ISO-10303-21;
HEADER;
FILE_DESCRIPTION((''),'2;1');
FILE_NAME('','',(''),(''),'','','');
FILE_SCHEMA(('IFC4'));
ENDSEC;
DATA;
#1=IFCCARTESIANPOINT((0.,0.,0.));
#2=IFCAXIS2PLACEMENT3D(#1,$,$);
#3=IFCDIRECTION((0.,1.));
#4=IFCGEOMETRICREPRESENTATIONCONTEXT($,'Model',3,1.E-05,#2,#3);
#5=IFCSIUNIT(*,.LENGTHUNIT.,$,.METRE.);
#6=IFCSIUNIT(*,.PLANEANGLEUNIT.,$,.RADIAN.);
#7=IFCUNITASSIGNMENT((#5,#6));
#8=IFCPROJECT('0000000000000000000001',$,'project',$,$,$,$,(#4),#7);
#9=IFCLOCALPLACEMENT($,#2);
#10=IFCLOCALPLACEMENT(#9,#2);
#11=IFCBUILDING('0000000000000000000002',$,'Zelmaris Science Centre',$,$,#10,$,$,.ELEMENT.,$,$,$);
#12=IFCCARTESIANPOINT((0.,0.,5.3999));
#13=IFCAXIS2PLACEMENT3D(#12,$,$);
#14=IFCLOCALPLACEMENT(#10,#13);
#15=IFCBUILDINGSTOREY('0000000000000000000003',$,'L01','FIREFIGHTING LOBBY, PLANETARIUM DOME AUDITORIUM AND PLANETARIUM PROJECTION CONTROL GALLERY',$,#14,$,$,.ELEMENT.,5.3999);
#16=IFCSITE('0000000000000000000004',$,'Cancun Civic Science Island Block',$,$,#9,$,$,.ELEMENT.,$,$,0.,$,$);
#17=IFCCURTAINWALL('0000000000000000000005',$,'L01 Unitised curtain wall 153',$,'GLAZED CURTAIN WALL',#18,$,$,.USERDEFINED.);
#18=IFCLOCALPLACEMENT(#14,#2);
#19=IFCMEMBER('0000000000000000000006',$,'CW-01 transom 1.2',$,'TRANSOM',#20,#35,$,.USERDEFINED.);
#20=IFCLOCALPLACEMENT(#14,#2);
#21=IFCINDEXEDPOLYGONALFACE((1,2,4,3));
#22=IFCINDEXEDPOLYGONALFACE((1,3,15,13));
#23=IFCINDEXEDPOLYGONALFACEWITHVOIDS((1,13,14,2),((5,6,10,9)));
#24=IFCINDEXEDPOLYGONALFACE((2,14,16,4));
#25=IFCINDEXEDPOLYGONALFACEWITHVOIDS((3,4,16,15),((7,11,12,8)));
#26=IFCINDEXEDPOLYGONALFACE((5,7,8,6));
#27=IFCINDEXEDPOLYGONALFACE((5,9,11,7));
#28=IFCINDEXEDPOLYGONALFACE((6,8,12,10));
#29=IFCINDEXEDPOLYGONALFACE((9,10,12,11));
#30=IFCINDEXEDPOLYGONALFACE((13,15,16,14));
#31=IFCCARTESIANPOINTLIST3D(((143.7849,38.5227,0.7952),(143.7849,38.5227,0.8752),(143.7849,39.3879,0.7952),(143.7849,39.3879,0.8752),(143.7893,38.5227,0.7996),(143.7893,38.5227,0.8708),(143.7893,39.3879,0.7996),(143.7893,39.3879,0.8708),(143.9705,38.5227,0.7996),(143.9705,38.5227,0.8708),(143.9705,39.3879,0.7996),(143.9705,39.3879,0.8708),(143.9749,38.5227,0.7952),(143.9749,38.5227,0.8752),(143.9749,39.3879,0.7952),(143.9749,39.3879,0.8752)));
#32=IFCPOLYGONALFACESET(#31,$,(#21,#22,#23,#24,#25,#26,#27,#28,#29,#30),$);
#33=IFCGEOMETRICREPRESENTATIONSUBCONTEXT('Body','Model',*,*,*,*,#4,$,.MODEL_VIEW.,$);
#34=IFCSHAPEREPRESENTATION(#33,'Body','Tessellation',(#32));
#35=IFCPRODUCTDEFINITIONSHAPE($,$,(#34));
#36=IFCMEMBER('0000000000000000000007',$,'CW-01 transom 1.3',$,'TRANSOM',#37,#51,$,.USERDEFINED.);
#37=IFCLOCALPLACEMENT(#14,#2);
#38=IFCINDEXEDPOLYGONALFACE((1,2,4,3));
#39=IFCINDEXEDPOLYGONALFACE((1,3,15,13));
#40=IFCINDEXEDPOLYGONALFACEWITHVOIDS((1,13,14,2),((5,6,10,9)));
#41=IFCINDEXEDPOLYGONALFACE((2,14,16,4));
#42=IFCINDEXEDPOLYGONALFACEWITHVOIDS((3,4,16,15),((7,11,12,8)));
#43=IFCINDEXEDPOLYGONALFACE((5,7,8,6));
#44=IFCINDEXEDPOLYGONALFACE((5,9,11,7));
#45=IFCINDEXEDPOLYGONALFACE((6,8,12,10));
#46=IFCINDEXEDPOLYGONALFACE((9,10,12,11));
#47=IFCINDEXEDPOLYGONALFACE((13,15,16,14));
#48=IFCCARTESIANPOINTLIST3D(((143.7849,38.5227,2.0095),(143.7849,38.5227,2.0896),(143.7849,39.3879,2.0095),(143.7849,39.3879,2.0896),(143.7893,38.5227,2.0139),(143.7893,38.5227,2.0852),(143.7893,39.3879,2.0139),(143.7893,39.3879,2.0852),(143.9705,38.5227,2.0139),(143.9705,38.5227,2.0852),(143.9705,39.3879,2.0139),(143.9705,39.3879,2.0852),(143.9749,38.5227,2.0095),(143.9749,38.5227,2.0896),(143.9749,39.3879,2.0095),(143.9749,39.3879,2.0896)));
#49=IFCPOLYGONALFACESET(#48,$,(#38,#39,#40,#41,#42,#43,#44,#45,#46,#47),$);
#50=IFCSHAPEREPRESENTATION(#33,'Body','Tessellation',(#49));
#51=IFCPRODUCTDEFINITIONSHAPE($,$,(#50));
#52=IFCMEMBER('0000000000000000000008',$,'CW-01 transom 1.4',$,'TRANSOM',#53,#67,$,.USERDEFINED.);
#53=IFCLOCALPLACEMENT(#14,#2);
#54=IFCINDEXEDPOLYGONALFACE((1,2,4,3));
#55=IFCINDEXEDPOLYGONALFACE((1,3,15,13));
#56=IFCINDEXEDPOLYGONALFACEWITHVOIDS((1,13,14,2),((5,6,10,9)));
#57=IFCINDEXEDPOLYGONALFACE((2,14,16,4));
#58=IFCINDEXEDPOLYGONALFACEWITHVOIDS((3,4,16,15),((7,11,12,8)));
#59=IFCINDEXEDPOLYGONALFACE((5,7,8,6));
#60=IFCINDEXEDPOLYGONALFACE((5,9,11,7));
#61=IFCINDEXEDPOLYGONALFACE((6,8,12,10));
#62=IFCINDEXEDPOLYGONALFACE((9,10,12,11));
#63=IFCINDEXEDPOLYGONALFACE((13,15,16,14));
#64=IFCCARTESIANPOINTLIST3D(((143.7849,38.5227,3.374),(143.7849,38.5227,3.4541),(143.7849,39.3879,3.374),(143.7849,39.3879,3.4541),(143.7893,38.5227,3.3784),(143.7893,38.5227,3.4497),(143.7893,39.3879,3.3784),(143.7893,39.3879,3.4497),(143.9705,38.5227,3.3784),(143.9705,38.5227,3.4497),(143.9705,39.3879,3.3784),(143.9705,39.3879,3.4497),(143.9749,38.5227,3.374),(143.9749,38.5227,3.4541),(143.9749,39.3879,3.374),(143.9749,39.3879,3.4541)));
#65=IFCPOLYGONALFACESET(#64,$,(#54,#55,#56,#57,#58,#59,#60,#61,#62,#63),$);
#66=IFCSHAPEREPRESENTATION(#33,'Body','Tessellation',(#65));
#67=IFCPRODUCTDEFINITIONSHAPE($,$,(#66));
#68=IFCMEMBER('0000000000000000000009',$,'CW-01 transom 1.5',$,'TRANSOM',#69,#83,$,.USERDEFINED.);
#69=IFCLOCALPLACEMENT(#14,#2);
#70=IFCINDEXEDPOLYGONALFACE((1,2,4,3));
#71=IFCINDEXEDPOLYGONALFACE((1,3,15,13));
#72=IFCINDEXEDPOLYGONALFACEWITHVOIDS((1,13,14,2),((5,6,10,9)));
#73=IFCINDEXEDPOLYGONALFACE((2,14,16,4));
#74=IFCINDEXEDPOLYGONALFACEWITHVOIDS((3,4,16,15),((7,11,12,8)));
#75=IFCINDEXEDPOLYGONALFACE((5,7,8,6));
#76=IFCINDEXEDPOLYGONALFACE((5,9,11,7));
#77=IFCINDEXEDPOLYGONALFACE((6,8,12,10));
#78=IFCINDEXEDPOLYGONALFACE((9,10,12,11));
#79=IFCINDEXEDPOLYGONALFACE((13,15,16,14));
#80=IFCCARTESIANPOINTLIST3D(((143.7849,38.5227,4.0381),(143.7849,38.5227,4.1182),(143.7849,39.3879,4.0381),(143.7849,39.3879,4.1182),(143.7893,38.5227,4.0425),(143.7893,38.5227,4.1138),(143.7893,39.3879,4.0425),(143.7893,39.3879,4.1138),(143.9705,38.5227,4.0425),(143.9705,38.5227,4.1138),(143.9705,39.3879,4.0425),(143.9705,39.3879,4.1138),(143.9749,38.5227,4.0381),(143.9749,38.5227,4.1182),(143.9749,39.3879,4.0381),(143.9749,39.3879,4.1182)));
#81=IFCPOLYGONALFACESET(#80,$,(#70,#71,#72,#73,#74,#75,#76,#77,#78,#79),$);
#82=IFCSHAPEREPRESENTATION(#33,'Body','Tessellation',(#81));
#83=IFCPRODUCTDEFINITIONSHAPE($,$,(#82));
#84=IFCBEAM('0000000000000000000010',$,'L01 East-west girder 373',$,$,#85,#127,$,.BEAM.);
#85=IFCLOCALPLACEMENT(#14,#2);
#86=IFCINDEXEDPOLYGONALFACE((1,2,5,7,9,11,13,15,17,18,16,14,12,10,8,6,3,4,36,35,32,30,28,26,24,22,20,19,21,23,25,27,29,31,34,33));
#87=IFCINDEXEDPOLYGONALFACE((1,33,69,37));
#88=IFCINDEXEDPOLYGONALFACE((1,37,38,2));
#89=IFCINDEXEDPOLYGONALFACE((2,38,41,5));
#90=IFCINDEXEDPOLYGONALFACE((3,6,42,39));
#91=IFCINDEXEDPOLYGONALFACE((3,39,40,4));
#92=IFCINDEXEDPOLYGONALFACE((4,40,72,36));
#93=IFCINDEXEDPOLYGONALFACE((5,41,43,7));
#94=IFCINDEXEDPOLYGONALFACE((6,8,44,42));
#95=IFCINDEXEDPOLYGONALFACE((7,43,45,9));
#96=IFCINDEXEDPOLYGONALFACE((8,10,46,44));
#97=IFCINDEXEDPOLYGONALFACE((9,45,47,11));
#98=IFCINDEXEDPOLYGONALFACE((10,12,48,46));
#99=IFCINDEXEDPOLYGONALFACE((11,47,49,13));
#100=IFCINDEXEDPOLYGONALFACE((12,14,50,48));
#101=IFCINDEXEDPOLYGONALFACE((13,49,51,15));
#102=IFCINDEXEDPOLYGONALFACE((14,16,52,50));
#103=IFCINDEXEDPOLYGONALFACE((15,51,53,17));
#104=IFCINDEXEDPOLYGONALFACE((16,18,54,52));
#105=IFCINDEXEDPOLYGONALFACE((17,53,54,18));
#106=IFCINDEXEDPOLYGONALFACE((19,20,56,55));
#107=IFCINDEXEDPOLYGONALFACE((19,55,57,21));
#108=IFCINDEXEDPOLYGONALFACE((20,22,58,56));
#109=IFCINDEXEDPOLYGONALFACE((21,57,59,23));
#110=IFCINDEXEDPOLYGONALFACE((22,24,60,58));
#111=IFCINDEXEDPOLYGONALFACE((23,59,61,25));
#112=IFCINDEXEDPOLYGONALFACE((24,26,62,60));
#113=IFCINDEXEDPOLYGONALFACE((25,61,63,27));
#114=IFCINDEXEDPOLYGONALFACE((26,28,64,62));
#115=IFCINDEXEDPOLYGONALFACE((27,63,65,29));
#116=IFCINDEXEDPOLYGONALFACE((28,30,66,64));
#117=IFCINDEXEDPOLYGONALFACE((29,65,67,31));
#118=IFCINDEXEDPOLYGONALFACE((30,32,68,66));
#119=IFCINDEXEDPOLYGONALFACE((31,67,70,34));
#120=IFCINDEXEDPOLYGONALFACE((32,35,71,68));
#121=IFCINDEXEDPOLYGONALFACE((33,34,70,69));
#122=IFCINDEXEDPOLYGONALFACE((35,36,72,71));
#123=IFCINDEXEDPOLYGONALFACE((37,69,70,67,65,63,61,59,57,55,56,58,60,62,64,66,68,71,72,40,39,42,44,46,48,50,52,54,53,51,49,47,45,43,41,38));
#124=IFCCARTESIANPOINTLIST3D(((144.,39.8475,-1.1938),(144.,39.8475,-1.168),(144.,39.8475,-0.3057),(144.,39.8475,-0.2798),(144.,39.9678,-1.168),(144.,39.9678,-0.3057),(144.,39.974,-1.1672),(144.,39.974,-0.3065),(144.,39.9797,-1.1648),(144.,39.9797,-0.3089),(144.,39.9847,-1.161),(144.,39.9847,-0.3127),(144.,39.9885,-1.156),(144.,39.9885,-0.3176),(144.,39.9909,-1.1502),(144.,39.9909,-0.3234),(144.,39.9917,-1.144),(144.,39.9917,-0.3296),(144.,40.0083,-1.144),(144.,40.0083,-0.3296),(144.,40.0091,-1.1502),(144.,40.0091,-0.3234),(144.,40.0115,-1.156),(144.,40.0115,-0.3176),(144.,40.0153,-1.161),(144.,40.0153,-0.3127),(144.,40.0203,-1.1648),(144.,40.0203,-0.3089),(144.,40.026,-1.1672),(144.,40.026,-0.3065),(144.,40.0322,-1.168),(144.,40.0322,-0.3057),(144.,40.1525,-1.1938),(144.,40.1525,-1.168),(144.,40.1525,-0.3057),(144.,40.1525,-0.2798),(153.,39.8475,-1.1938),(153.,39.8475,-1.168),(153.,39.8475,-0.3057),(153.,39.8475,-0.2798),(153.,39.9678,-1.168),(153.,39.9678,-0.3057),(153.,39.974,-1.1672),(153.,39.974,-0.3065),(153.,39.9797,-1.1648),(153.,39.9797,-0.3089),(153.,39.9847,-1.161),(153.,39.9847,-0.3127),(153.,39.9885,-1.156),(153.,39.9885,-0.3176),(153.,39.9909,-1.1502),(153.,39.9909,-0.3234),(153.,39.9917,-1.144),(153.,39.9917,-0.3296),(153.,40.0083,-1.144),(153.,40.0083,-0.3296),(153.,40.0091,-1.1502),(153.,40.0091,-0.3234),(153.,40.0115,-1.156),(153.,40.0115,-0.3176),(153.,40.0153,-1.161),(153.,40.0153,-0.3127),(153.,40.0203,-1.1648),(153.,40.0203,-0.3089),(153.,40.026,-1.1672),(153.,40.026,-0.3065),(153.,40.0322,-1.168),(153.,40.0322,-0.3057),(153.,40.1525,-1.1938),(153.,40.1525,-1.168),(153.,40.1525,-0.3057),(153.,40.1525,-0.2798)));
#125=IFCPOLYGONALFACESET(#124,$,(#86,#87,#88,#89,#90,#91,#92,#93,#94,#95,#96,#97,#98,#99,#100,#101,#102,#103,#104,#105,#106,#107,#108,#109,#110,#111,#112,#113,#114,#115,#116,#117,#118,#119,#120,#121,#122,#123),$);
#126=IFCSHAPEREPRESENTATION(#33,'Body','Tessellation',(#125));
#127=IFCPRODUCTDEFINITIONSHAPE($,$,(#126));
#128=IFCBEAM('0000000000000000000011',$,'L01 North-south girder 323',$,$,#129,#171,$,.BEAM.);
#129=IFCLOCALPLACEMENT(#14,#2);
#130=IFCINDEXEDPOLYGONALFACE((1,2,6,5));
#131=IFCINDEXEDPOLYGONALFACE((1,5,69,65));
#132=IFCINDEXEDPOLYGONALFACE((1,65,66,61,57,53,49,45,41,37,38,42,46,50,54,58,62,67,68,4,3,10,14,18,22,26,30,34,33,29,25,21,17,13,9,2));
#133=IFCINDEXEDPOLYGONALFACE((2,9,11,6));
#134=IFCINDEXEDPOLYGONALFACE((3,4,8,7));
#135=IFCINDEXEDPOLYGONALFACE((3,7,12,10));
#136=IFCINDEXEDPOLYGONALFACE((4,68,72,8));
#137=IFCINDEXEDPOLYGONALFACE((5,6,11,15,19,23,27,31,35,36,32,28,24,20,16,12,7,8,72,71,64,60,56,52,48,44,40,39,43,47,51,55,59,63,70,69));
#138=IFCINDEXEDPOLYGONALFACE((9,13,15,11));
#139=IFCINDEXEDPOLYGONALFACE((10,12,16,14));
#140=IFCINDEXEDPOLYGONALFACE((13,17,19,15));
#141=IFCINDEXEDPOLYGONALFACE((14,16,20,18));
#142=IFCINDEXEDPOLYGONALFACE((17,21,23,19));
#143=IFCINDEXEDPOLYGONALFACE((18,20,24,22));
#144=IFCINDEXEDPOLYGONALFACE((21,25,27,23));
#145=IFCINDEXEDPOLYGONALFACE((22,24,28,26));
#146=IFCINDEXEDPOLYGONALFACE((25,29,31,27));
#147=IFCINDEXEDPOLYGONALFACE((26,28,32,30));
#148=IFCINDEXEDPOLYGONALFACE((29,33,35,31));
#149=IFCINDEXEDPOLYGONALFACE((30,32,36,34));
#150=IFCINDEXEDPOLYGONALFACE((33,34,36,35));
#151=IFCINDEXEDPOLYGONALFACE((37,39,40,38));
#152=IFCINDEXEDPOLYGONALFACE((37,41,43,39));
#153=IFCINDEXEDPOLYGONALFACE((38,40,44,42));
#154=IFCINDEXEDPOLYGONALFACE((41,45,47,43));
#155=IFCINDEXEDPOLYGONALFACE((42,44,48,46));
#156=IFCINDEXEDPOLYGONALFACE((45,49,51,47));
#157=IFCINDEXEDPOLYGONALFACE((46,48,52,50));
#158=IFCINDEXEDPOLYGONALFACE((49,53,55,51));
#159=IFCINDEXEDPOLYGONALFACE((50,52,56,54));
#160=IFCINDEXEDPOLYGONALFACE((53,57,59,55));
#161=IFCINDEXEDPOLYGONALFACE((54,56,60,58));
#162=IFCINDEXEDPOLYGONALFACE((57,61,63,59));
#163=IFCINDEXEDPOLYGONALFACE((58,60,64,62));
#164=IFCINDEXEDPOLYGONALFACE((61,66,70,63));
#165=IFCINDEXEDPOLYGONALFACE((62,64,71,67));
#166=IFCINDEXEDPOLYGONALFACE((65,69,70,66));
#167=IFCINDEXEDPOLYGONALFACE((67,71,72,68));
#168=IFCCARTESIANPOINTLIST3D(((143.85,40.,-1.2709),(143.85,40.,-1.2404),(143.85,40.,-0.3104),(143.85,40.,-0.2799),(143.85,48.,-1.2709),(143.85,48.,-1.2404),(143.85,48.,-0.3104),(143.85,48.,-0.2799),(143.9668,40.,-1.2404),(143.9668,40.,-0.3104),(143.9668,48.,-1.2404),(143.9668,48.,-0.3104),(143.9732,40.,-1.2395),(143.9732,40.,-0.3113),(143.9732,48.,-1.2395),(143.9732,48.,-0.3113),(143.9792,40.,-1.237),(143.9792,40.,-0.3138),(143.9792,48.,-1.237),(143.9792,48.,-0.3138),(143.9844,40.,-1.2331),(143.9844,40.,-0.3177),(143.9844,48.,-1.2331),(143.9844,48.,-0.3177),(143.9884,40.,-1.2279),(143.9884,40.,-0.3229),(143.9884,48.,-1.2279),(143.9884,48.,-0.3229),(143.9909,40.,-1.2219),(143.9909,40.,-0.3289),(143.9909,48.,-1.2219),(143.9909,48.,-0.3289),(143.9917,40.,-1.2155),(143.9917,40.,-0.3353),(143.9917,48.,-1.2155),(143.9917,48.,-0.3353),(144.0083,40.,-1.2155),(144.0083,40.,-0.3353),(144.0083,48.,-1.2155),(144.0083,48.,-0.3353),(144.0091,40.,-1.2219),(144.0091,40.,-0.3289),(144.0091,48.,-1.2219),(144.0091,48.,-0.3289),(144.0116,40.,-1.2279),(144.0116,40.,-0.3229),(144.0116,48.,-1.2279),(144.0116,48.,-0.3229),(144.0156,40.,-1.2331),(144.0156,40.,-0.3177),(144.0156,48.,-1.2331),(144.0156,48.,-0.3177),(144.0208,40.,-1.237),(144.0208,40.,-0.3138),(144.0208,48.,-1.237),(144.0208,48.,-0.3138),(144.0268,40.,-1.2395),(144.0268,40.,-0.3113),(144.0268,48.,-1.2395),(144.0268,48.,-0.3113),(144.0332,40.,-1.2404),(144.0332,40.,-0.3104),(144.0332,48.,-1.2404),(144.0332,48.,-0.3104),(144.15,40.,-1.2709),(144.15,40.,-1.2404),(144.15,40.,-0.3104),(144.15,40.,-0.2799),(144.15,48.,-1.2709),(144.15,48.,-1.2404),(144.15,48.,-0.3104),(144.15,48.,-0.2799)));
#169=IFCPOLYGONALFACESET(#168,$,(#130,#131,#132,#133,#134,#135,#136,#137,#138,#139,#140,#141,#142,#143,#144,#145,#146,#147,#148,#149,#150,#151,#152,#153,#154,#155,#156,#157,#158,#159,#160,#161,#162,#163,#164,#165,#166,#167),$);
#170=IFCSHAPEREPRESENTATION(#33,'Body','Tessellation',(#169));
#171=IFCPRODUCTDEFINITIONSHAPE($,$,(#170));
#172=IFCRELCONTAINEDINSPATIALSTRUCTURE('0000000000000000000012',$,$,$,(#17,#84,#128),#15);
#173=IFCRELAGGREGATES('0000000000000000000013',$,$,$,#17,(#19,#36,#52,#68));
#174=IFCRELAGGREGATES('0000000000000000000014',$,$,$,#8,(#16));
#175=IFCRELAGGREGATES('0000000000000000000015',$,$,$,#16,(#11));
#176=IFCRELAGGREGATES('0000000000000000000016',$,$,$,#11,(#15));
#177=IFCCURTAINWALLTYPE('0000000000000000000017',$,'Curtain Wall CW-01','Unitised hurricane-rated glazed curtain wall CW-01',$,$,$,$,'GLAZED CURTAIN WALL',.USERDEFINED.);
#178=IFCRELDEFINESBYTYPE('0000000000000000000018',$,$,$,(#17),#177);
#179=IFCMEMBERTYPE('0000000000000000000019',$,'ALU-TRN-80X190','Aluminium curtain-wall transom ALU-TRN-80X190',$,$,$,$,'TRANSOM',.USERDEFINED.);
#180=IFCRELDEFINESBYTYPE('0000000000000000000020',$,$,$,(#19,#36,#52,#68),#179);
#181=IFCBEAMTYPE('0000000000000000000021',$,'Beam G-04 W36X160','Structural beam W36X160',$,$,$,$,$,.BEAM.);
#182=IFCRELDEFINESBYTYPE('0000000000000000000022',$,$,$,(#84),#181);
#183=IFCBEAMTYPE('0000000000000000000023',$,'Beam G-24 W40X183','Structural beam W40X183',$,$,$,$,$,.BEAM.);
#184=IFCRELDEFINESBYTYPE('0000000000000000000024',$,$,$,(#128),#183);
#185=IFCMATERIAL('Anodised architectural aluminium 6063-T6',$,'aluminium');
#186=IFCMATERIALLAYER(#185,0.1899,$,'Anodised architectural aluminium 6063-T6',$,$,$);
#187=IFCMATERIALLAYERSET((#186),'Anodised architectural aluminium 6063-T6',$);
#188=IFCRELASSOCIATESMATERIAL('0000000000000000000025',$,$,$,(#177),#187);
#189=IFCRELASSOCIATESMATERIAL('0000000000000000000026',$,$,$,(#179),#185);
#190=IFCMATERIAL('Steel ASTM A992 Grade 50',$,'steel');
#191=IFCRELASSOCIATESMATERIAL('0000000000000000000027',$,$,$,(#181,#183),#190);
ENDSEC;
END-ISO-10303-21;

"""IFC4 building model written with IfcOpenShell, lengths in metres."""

from ifc_helpers import new_model, si_unit, direction, frame, origin, origin_2d, place, context, subcontext, project, spatial, hollow_rectangle, i_section, extrude, material, layer, layer_set, material_profile, profile_set, type_object, element, aggregate, save


model = new_model("IFC4")

# Units and contexts
model_context = context("Model", 3, precision=1e-05, world=origin(), true_north=direction((0.0, 1.0)))
body_context = subcontext(model_context, "Body", "Model", "MODEL_VIEW")
ifc_project = project(units=[si_unit("LENGTHUNIT", "METRE"), si_unit("PLANEANGLEUNIT", "RADIAN")], contexts=[model_context])

# Site, building, storey
site_placement = place(None, origin())
site = spatial("IfcSite", under=ifc_project, at=site_placement, Name="Cancun Civic Science Island Block", CompositionType="ELEMENT", RefElevation=0.0)
building_placement = place(site_placement, origin())
building = spatial("IfcBuilding", under=site, at=building_placement, Name="Zelmaris Science Centre", CompositionType="ELEMENT")
storey_placement = place(building_placement, frame((0.0, 0.0, 5.3999)))
storey = spatial("IfcBuildingStorey", under=building, at=storey_placement, Name="L01", Description="FIREFIGHTING LOBBY, PLANETARIUM DOME AUDITORIUM AND PLANETARIUM PROJECTION CONTROL GALLERY", CompositionType="ELEMENT", Elevation=5.3999)

# Shared definitions
ifc_material_1 = material(Name="Steel ASTM A992 Grade 50", Category="steel")

# Curtain wall
ifc_material_2 = material(Name="Anodised architectural aluminium 6063-T6", Category="aluminium")
ifc_layer_1 = layer(ifc_material_2, 0.1899, Name="Anodised architectural aluminium 6063-T6")
ifc_layer_set_1 = layer_set([ifc_layer_1], Name="Anodised architectural aluminium 6063-T6")
curtain_wall_type_1 = type_object("IfcCurtainWallType", Name="Curtain Wall CW-01", Description="Unitised hurricane-rated glazed curtain wall CW-01", ElementType="GLAZED CURTAIN WALL", PredefinedType="USERDEFINED", material=ifc_layer_set_1)
curtain_wall_1_placement = place(storey_placement, origin())
curtain_wall_1 = element("IfcCurtainWall", 1, at=curtain_wall_1_placement, inside=storey, type_object=curtain_wall_type_1, Name="L01 Unitised curtain wall 153", ObjectType="GLAZED CURTAIN WALL", PredefinedType="USERDEFINED")

# Members
ifc_material_profile_1 = material_profile(ifc_material_2, hollow_rectangle(XDim=0.0801, YDim=0.1899, WallThickness=0.0044, at=origin_2d()), Name="ALU-TRN-80X190")
ifc_profile_set_1 = profile_set([ifc_material_profile_1], Name="Anodised architectural aluminium 6063-T6")
member_type_1 = type_object("IfcMemberType", Name="ALU-TRN-80X190", Description="Aluminium curtain-wall transom ALU-TRN-80X190", ElementType="TRANSOM", PredefinedType="USERDEFINED", material=ifc_profile_set_1)
member_1_placement = place(storey_placement, frame((143.8799, 39.3879, 0.8352), z_axis=(0.0, -1.0, 0.0), x_axis=(0.0, 0.0, 1.0)))
member_1 = element("IfcMember", 2, at=member_1_placement, type_object=member_type_1, Name="CW-01 transom 1.2", ObjectType="TRANSOM", PredefinedType="USERDEFINED", context=body_context, shape_type="SweptSolid", body=[
    extrude(hollow_rectangle(XDim=0.0801, YDim=0.1899, WallThickness=0.0044, at=origin_2d()), origin(), (0.0, 0.0, 1.0), 0.8652),
])
member_2_placement = place(storey_placement, frame((143.8799, 39.3879, 2.0496), z_axis=(0.0, -1.0, 0.0), x_axis=(0.0, 0.0, 1.0)))
member_2 = element("IfcMember", 3, at=member_2_placement, type_object=member_type_1, Name="CW-01 transom 1.3", ObjectType="TRANSOM", PredefinedType="USERDEFINED", context=body_context, shape_type="SweptSolid", body=[
    extrude(hollow_rectangle(XDim=0.0801, YDim=0.1899, WallThickness=0.0044, at=origin_2d()), origin(), (0.0, 0.0, 1.0), 0.8652),
])
member_3_placement = place(storey_placement, frame((143.8799, 39.3879, 3.4141), z_axis=(0.0, -1.0, 0.0), x_axis=(0.0, 0.0, 1.0)))
member_3 = element("IfcMember", 4, at=member_3_placement, type_object=member_type_1, Name="CW-01 transom 1.4", ObjectType="TRANSOM", PredefinedType="USERDEFINED", context=body_context, shape_type="SweptSolid", body=[
    extrude(hollow_rectangle(XDim=0.0801, YDim=0.1899, WallThickness=0.0044, at=origin_2d()), origin(), (0.0, 0.0, 1.0), 0.8652),
])
member_4_placement = place(storey_placement, frame((143.8799, 39.3879, 4.0781), z_axis=(0.0, -1.0, 0.0), x_axis=(0.0, 0.0, 1.0)))
member_4 = element("IfcMember", 5, at=member_4_placement, type_object=member_type_1, Name="CW-01 transom 1.5", ObjectType="TRANSOM", PredefinedType="USERDEFINED", context=body_context, shape_type="SweptSolid", body=[
    extrude(hollow_rectangle(XDim=0.0801, YDim=0.1899, WallThickness=0.0044, at=origin_2d()), origin(), (0.0, 0.0, 1.0), 0.8652),
])

# Beams
ifc_material_profile_2 = material_profile(ifc_material_1, i_section(OverallWidth=0.3049, OverallDepth=0.9141, WebThickness=0.0166, FlangeThickness=0.0259, FilletRadius=0.0239, at=origin_2d()), Name="W36X160")
ifc_profile_set_2 = profile_set([ifc_material_profile_2], Name="Steel ASTM A992 Grade 50")
beam_type_1 = type_object("IfcBeamType", Name="Beam G-04 W36X160", Description="Structural beam W36X160", PredefinedType="BEAM", material=ifc_profile_set_2)
beam_1_placement = place(storey_placement, frame((144.0, 40.0, -0.7368), z_axis=(1.0, 0.0, 0.0), x_axis=(0.0, 1.0, 0.0)))
element("IfcBeam", 6, at=beam_1_placement, inside=storey, type_object=beam_type_1, Name="L01 East-west girder 373", PredefinedType="BEAM", context=body_context, shape_type="SweptSolid", body=[
    extrude(i_section(OverallWidth=0.3049, OverallDepth=0.9141, WebThickness=0.0166, FlangeThickness=0.0259, FilletRadius=0.0239, at=origin_2d()), origin(), (0.0, 0.0, 1.0), 9.0),
])
ifc_material_profile_3 = material_profile(ifc_material_1, i_section(OverallWidth=0.3, OverallDepth=0.991, WebThickness=0.0166, FlangeThickness=0.0305, FilletRadius=0.0249, at=origin_2d()), Name="W40X183")
ifc_profile_set_3 = profile_set([ifc_material_profile_3], Name="Steel ASTM A992 Grade 50")
beam_type_2 = type_object("IfcBeamType", Name="Beam G-24 W40X183", Description="Structural beam W40X183", PredefinedType="BEAM", material=ifc_profile_set_3)
beam_2_placement = place(storey_placement, frame((144.0, 40.0, -0.7754), z_axis=(0.0, 1.0, 0.0), x_axis=(-1.0, 0.0, 0.0)))
element("IfcBeam", 7, at=beam_2_placement, inside=storey, type_object=beam_type_2, Name="L01 North-south girder 323", PredefinedType="BEAM", context=body_context, shape_type="SweptSolid", body=[
    extrude(i_section(OverallWidth=0.3, OverallDepth=0.991, WebThickness=0.0166, FlangeThickness=0.0305, FilletRadius=0.0249, at=origin_2d()), origin(), (0.0, 0.0, 1.0), 8.0),
])

aggregate(curtain_wall_1, [member_1, member_2, member_3, member_4])

save(model, "model.ifc")
